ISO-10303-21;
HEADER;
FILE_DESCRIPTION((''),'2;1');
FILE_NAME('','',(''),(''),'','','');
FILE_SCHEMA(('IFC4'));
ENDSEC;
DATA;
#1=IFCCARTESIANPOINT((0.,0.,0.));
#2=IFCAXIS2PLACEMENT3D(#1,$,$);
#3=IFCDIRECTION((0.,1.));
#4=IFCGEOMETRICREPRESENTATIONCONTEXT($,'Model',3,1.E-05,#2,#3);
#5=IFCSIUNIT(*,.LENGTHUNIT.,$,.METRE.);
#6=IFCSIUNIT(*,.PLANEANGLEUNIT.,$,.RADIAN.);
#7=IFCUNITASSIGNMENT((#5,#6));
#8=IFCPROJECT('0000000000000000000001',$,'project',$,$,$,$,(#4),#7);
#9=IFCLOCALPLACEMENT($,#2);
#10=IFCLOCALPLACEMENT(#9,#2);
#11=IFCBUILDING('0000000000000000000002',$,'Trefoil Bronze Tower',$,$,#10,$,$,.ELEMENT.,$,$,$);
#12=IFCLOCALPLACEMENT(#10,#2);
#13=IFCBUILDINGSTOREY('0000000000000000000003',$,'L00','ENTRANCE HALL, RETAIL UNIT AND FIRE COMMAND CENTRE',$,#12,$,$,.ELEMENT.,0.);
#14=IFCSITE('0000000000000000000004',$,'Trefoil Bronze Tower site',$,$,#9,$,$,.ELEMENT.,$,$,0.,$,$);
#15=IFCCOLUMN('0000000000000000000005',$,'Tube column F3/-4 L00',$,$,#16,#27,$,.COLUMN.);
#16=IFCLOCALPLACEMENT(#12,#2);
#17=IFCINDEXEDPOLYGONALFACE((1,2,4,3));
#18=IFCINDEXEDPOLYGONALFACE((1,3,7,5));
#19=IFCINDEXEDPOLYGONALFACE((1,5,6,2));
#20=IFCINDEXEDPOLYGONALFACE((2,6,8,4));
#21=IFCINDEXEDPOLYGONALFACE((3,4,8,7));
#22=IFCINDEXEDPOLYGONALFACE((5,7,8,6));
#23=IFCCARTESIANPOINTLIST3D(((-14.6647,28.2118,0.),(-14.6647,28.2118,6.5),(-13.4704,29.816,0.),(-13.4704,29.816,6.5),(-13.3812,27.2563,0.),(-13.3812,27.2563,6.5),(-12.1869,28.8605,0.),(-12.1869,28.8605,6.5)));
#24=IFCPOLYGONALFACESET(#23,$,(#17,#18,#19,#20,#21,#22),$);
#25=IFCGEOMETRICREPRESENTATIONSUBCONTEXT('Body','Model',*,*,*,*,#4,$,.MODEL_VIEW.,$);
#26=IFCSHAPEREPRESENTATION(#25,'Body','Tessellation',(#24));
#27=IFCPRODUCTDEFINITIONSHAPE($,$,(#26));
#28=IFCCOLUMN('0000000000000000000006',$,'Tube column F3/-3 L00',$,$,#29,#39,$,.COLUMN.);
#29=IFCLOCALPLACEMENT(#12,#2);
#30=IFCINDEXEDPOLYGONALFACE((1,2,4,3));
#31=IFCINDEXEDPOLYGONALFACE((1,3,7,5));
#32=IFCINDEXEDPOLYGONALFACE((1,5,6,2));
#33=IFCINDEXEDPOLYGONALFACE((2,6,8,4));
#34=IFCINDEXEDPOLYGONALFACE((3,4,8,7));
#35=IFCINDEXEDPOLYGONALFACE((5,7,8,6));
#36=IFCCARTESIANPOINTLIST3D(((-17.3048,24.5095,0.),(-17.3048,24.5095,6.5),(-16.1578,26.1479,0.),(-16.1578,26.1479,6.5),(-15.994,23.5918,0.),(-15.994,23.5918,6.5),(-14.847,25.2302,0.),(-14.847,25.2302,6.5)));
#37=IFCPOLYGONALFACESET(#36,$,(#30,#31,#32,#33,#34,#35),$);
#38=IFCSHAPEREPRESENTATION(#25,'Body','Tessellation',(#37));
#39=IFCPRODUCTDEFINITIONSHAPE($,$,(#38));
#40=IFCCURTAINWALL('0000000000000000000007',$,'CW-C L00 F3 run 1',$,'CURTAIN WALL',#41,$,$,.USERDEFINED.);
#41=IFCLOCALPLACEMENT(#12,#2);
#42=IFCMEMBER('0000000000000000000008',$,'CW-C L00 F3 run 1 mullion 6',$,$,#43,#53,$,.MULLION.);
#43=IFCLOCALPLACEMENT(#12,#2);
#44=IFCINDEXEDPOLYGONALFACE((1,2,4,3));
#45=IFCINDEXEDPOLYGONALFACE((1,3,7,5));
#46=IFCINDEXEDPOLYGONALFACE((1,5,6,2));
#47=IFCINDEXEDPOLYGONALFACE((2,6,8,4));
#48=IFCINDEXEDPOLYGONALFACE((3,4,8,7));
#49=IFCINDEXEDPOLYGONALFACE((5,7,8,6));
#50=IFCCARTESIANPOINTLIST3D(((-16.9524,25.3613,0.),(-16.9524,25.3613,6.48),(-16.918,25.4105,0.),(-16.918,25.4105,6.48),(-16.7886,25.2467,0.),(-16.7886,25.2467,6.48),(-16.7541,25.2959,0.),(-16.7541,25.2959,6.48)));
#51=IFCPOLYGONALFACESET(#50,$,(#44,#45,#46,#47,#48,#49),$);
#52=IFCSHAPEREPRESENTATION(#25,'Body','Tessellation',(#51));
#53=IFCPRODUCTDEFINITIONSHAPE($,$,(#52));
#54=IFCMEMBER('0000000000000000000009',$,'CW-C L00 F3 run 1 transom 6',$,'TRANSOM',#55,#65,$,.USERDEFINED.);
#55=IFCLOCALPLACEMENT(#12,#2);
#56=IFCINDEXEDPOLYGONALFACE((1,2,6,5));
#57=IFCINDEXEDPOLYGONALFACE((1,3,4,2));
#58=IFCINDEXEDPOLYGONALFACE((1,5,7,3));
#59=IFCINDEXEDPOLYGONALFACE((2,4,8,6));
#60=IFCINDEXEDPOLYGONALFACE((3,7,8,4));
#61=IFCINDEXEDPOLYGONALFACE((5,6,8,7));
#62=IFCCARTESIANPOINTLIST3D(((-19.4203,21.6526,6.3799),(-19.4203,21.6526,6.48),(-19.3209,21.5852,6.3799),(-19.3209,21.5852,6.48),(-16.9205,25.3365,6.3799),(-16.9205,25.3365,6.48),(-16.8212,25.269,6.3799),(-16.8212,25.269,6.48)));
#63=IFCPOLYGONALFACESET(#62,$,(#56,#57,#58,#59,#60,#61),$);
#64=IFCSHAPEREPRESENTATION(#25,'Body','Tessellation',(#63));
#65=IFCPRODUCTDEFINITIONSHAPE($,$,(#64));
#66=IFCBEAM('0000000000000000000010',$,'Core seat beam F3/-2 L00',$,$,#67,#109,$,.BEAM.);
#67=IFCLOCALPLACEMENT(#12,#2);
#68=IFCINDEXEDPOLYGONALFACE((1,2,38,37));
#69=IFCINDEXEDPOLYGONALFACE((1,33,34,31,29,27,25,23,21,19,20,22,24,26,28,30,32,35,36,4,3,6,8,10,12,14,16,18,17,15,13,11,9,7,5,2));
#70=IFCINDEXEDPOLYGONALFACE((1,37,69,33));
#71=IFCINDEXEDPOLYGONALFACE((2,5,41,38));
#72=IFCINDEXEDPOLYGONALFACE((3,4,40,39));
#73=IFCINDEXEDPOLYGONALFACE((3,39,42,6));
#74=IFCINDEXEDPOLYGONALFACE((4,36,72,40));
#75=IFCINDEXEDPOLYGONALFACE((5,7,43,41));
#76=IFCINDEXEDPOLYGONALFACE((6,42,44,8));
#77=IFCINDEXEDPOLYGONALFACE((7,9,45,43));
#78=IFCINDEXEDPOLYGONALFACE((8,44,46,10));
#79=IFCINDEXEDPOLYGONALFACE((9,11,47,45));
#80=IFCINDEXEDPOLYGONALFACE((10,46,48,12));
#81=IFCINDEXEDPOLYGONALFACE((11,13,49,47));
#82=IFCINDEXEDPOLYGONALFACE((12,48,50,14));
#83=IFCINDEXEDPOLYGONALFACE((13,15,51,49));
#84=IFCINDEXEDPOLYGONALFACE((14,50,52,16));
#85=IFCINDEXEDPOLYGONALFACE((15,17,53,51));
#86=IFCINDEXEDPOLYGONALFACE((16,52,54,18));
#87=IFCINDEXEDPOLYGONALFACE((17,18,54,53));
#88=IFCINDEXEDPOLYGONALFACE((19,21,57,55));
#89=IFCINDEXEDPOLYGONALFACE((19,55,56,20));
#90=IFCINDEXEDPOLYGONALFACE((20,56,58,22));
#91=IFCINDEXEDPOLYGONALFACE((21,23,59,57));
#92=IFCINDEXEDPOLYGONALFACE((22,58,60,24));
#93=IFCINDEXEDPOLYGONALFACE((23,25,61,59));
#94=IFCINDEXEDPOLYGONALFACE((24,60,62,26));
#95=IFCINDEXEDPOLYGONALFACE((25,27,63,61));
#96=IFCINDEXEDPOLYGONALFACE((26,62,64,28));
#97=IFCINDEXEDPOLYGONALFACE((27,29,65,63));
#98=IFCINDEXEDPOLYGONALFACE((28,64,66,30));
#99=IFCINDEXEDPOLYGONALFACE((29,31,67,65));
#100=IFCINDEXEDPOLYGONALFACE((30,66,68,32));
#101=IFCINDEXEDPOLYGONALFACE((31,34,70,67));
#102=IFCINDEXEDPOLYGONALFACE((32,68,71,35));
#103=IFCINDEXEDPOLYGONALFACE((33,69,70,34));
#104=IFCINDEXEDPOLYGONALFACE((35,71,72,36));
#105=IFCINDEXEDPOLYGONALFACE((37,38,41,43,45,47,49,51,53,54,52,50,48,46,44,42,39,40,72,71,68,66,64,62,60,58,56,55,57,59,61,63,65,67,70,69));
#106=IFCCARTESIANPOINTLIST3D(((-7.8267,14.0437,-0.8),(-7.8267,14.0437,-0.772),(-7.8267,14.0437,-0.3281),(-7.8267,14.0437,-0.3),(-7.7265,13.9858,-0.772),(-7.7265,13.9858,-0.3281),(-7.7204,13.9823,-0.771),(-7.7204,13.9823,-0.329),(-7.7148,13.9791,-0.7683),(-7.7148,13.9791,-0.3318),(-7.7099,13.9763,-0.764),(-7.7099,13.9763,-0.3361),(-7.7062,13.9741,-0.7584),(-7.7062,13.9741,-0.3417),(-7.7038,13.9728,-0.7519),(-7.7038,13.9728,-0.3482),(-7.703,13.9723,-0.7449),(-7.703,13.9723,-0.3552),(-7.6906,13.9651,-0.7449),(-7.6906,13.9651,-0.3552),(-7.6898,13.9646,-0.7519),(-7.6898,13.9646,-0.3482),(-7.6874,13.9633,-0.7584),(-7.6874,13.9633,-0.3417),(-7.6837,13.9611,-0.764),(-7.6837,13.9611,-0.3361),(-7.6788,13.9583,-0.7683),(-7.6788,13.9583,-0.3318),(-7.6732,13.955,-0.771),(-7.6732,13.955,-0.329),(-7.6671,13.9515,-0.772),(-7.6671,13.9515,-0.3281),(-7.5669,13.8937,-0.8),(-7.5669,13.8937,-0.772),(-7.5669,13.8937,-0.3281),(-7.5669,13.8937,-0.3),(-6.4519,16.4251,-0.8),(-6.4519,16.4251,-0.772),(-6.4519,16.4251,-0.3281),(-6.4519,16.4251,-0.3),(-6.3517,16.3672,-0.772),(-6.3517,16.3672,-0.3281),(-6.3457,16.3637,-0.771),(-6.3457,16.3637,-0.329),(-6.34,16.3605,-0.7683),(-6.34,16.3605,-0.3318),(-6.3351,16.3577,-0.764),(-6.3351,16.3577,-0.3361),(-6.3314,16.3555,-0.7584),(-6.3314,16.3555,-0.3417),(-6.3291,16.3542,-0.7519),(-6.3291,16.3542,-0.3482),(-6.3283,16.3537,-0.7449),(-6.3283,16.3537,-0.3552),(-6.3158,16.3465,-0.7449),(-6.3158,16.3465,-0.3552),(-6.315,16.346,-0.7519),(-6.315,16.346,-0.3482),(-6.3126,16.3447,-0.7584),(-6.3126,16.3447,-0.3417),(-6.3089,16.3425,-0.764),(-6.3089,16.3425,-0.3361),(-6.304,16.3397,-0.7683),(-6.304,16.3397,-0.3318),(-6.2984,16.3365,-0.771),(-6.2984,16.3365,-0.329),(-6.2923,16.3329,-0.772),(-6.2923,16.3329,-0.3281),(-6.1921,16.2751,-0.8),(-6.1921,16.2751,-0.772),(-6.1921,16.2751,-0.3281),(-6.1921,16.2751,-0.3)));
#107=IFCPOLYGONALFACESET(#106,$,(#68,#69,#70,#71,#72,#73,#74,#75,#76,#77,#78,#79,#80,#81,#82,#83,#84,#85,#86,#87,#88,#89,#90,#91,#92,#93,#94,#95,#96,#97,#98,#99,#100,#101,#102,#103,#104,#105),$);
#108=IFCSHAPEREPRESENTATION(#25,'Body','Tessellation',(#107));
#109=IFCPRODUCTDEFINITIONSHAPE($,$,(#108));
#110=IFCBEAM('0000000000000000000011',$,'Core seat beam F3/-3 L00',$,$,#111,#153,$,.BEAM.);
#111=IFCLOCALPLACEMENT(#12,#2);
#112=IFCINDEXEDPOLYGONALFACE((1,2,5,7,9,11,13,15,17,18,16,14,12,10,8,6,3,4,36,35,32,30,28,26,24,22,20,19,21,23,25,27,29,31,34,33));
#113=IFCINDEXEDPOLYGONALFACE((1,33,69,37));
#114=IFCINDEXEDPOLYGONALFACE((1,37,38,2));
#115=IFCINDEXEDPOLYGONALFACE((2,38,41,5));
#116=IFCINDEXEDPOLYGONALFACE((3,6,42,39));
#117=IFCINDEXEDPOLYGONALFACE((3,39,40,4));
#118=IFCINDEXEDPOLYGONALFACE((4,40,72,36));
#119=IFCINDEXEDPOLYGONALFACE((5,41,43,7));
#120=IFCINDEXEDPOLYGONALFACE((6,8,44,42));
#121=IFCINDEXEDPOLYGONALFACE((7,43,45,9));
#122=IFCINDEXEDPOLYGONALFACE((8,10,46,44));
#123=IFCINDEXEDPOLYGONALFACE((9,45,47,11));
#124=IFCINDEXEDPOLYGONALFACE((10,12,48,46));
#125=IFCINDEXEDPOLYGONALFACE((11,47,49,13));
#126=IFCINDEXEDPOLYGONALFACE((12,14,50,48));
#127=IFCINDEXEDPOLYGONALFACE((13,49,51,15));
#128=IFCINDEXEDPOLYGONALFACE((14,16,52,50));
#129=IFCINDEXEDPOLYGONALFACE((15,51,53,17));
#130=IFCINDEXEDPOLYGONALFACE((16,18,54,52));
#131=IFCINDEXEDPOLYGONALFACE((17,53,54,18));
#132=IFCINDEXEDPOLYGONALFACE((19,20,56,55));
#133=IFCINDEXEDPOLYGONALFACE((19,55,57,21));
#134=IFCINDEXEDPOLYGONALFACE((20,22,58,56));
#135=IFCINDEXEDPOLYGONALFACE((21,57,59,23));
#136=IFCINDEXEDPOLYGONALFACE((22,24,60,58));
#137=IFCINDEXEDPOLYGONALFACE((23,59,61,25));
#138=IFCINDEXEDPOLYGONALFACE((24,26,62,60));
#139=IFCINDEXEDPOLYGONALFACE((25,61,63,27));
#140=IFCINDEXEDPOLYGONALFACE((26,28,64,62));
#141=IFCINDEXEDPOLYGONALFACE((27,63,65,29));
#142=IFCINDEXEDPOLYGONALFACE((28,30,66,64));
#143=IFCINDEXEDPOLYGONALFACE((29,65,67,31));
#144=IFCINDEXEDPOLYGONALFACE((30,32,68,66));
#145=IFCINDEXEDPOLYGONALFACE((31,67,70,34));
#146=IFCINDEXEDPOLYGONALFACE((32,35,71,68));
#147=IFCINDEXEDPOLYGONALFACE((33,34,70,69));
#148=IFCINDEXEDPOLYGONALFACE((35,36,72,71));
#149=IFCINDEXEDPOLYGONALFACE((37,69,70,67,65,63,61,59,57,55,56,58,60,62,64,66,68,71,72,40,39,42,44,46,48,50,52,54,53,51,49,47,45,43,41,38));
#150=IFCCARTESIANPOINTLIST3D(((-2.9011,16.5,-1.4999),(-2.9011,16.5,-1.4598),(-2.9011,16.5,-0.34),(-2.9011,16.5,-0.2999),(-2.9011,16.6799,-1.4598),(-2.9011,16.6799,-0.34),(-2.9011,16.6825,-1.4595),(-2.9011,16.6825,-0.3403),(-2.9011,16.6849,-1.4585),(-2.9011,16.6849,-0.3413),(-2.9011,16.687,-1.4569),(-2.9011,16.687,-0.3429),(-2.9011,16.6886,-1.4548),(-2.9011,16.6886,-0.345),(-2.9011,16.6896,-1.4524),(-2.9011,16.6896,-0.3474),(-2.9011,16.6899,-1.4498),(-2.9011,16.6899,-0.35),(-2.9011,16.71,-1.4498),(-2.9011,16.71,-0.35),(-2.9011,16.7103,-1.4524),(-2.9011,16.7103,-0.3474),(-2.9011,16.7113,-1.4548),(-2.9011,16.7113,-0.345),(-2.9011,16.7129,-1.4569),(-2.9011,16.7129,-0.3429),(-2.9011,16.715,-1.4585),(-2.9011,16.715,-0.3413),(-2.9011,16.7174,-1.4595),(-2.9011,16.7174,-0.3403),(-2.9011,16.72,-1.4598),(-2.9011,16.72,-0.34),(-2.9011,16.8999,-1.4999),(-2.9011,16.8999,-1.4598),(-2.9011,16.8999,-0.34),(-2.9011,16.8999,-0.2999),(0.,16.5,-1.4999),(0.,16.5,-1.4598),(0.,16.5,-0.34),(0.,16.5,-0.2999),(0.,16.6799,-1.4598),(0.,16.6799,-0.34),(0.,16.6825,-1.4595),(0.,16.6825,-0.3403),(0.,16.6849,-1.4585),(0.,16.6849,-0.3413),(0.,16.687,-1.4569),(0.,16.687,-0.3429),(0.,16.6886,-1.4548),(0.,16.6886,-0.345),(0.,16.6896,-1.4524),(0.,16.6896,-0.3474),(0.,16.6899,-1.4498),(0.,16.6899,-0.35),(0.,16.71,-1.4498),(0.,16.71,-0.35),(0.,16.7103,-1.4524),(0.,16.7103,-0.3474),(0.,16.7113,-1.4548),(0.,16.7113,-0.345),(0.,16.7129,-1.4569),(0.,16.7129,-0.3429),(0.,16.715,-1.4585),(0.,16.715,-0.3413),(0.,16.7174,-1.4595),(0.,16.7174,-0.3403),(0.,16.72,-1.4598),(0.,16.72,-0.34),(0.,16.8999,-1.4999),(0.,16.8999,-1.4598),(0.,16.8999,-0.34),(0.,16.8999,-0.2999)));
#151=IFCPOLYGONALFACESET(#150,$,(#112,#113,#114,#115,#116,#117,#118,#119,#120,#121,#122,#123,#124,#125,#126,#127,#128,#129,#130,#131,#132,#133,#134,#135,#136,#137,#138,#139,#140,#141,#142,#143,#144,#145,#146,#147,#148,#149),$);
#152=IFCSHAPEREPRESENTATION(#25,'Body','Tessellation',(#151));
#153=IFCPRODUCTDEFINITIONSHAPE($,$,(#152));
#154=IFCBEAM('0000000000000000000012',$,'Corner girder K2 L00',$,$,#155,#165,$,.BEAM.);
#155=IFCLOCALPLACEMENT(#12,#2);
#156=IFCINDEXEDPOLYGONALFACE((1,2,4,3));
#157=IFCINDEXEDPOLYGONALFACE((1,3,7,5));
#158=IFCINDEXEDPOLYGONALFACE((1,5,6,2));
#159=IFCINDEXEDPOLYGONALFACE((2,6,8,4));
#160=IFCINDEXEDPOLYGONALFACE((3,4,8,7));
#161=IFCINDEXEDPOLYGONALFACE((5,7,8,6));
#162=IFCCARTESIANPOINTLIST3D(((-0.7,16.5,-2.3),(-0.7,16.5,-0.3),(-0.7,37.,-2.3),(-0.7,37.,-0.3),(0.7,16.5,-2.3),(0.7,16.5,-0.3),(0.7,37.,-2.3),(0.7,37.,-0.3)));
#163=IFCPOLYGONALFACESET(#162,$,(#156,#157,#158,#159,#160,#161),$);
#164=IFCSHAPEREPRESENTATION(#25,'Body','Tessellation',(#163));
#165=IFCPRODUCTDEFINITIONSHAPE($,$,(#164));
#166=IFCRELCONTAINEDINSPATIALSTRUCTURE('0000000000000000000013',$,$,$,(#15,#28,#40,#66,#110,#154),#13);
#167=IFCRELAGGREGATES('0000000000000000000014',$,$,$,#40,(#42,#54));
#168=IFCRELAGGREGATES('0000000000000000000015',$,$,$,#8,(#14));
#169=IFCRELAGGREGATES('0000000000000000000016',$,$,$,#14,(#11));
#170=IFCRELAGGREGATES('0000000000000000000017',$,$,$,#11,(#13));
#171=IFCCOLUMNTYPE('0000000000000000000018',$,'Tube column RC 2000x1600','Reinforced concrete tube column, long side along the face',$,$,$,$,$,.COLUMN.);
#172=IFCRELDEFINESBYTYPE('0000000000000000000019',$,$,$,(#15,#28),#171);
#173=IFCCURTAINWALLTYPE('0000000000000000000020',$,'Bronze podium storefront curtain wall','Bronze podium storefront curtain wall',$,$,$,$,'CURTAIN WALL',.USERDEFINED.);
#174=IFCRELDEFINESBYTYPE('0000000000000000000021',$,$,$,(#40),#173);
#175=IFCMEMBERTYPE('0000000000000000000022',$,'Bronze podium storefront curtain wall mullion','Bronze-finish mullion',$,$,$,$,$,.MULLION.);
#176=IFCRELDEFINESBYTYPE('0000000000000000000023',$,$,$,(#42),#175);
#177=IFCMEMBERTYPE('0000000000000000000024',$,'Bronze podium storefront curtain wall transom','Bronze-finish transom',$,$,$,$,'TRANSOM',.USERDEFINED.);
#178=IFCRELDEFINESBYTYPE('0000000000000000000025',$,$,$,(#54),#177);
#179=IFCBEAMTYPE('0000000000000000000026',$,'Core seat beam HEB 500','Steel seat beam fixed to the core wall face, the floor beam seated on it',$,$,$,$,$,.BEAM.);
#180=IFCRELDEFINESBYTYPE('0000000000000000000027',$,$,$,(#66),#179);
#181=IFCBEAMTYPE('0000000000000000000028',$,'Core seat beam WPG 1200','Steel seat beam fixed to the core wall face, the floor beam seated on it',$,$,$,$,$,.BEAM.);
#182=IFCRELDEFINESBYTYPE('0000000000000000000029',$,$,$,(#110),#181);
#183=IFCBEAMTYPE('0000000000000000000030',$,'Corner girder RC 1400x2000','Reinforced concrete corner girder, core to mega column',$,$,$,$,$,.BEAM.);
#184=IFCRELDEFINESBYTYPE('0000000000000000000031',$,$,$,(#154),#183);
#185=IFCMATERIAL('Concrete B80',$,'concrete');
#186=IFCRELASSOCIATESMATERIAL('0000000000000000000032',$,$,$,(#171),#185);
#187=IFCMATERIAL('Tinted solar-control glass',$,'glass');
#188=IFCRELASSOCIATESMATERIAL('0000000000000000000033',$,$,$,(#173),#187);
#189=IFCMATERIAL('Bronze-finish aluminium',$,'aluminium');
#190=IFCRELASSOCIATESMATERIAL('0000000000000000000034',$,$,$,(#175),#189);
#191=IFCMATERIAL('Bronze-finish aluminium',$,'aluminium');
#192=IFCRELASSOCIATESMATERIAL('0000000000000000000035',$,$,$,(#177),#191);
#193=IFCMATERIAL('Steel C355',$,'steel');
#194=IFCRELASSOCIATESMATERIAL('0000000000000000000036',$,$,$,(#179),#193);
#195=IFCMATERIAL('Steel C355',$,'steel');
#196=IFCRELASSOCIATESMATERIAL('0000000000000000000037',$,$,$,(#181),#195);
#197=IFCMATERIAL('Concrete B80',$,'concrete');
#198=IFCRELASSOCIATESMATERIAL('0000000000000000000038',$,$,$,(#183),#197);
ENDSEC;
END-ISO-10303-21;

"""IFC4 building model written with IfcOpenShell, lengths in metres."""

from ifc_helpers import new_model, si_unit, direction, frame, origin, origin_2d, place, context, subcontext, project, spatial, rectangle, i_section, extrude, material, material_profile, profile_set, type_object, element, aggregate, save


model = new_model("IFC4")

# Units and contexts
model_context = context("Model", 3, precision=1e-05, world=origin(), true_north=direction((0.0, 1.0)))
body_context = subcontext(model_context, "Body", "Model", "MODEL_VIEW")
ifc_project = project(units=[si_unit("LENGTHUNIT", "METRE"), si_unit("PLANEANGLEUNIT", "RADIAN")], contexts=[model_context])

# Site, building, storey
site_placement = place(None, origin())
site = spatial("IfcSite", under=ifc_project, at=site_placement, Name="Trefoil Bronze Tower site", CompositionType="ELEMENT", RefElevation=0.0)
building_placement = place(site_placement, origin())
building = spatial("IfcBuilding", under=site, at=building_placement, Name="Trefoil Bronze Tower", CompositionType="ELEMENT")
storey_placement = place(building_placement, origin())
storey = spatial("IfcBuildingStorey", under=building, at=storey_placement, Name="L00", Description="ENTRANCE HALL, RETAIL UNIT AND FIRE COMMAND CENTRE", CompositionType="ELEMENT", Elevation=0.0)

# Columns
ifc_material_1 = material(Name="Concrete B80", Category="concrete")
ifc_material_profile_1 = material_profile(ifc_material_1, rectangle(XDim=2.0, YDim=1.6001, at=origin_2d()), Name="RC 2000x1600")
ifc_profile_set_1 = profile_set([ifc_material_profile_1], Name="Concrete B80")
column_type = type_object("IfcColumnType", Name="Tube column RC 2000x1600", Description="Reinforced concrete tube column, long side along the face", PredefinedType="COLUMN", material=ifc_profile_set_1)
for number, where, z_axis, x_axis, name in (
    (1, (-13.4258, 28.5361, 0.0), (0.0, 0.0, 1.0), (-0.597154, -0.802127, 0.0), "Tube column F3/-4 L00"),
    (2, (-16.0759, 24.8699, 0.0), (0.0, 0.0, 1.0), (-0.573502, -0.819204, 0.0), "Tube column F3/-3 L00"),
):
    element("IfcColumn", number, at=place(storey_placement, frame(where, z_axis=z_axis, x_axis=x_axis)), inside=storey, type_object=column_type, Name=name, PredefinedType="COLUMN", context=body_context, shape_type="SweptSolid", body=[
        extrude(rectangle(XDim=2.0, YDim=1.6001, at=origin_2d()), origin(), (0.0, 0.0, 1.0), 6.5),
    ])

# Curtain wall, members
ifc_material_2 = material(Name="Tinted solar-control glass", Category="glass")
curtain_wall_type = type_object("IfcCurtainWallType", Name="Bronze podium storefront curtain wall", Description="Bronze podium storefront curtain wall", ElementType="CURTAIN WALL", PredefinedType="USERDEFINED", material=ifc_material_2)
curtain_wall_placement = place(storey_placement, origin())
curtain_wall = element("IfcCurtainWall", 3, at=curtain_wall_placement, inside=storey, type_object=curtain_wall_type, Name="CW-C L00 F3 run 1", ObjectType="CURTAIN WALL", PredefinedType="USERDEFINED")
ifc_material_3 = material(Name="Bronze-finish aluminium", Category="aluminium")
ifc_material_profile_2 = material_profile(ifc_material_3, rectangle(XDim=0.2, YDim=0.0601, at=origin_2d()), Name="CW-C mullion")
ifc_profile_set_2 = profile_set([ifc_material_profile_2], Name="Bronze-finish aluminium")
member_type_1 = type_object("IfcMemberType", Name="Bronze podium storefront curtain wall mullion", Description="Bronze-finish mullion", PredefinedType="MULLION", material=ifc_profile_set_2)
member_1_placement = place(storey_placement, frame((-16.8533, 25.3286, 0.0), z_axis=(0.0, 0.0, 1.0), x_axis=(0.819204, -0.573502, 0.0)))
member_1 = element("IfcMember", 4, at=member_1_placement, type_object=member_type_1, Name="CW-C L00 F3 run 1 mullion 6", PredefinedType="MULLION", context=body_context, shape_type="SweptSolid", body=[
    extrude(rectangle(XDim=0.2, YDim=0.0601, at=origin_2d()), origin(), (0.0, 0.0, 1.0), 6.48),
])
ifc_material_4 = material(Name="Bronze-finish aluminium", Category="aluminium")
ifc_material_profile_3 = material_profile(ifc_material_4, rectangle(XDim=0.1201, YDim=0.1001, at=origin_2d()), Name="CW-C transom")
ifc_profile_set_3 = profile_set([ifc_material_profile_3], Name="Bronze-finish aluminium")
member_type_2 = type_object("IfcMemberType", Name="Bronze podium storefront curtain wall transom", Description="Bronze-finish transom", ElementType="TRANSOM", PredefinedType="USERDEFINED", material=ifc_profile_set_3)
member_2_placement = place(storey_placement, frame((-16.8708, 25.3027, 6.4299), z_axis=(-0.561503, -0.827475, 0.0), x_axis=(0.827475, -0.561503, 0.0)))
member_2 = element("IfcMember", 5, at=member_2_placement, type_object=member_type_2, Name="CW-C L00 F3 run 1 transom 6", ObjectType="TRANSOM", PredefinedType="USERDEFINED", context=body_context, shape_type="SweptSolid", body=[
    extrude(rectangle(XDim=0.1201, YDim=0.1001, at=origin_2d()), origin(), (0.0, 0.0, 1.0), 4.4519),
])

# Beams
ifc_material_5 = material(Name="Steel C355", Category="steel")
ifc_material_profile_4 = material_profile(ifc_material_5, i_section(OverallWidth=0.3, OverallDepth=0.5, WebThickness=0.0144, FlangeThickness=0.0281, FilletRadius=0.0271, at=origin_2d()), Name="HEB 500")
ifc_profile_set_4 = profile_set([ifc_material_profile_4], Name="Steel C355")
beam_type_1 = type_object("IfcBeamType", Name="Core seat beam HEB 500", Description="Steel seat beam fixed to the core wall face, the floor beam seated on it", PredefinedType="BEAM", material=ifc_profile_set_4)
beam_1_placement = place(storey_placement, frame((-6.322, 16.3501, -0.55), z_axis=(-0.499968, -0.866044, 0.0), x_axis=(0.866044, -0.499968, 0.0)))
element("IfcBeam", 6, at=beam_1_placement, inside=storey, type_object=beam_type_1, Name="Core seat beam F3/-2 L00", PredefinedType="BEAM", context=body_context, shape_type="SweptSolid", body=[
    extrude(i_section(OverallWidth=0.3, OverallDepth=0.5, WebThickness=0.0144, FlangeThickness=0.0281, FilletRadius=0.0271, at=origin_2d()), origin(), (0.0, 0.0, 1.0), 2.7498),
])
ifc_material_6 = material(Name="Steel C355", Category="steel")
ifc_material_profile_5 = material_profile(ifc_material_6, i_section(OverallWidth=0.3999, OverallDepth=1.2, WebThickness=0.02, FlangeThickness=0.04, FilletRadius=0.01, at=origin_2d()), Name="WPG 1200")
ifc_profile_set_5 = profile_set([ifc_material_profile_5], Name="Steel C355")
beam_type_2 = type_object("IfcBeamType", Name="Core seat beam WPG 1200", Description="Steel seat beam fixed to the core wall face, the floor beam seated on it", PredefinedType="BEAM", material=ifc_profile_set_5)
beam_2_placement = place(storey_placement, frame((0.0, 16.7, -0.8999), z_axis=(-1.0, 0.0, 0.0), x_axis=(0.0, -1.0, 0.0)))
element("IfcBeam", 7, at=beam_2_placement, inside=storey, type_object=beam_type_2, Name="Core seat beam F3/-3 L00", PredefinedType="BEAM", context=body_context, shape_type="SweptSolid", body=[
    extrude(i_section(OverallWidth=0.3999, OverallDepth=1.2, WebThickness=0.02, FlangeThickness=0.04, FilletRadius=0.01, at=origin_2d()), origin(), (0.0, 0.0, 1.0), 2.9011),
])
ifc_material_7 = material(Name="Concrete B80", Category="concrete")
ifc_material_profile_6 = material_profile(ifc_material_7, rectangle(XDim=1.3999, YDim=2.0, at=origin_2d()), Name="RC 1400x2000")
ifc_profile_set_6 = profile_set([ifc_material_profile_6], Name="Concrete B80")
beam_type_3 = type_object("IfcBeamType", Name="Corner girder RC 1400x2000", Description="Reinforced concrete corner girder, core to mega column", PredefinedType="BEAM", material=ifc_profile_set_6)
beam_3_placement = place(storey_placement, frame((0.0, 16.5, -1.3), z_axis=(0.0, 1.0, 0.0), x_axis=(-1.0, 0.0, 0.0)))
element("IfcBeam", 8, at=beam_3_placement, inside=storey, type_object=beam_type_3, Name="Corner girder K2 L00", PredefinedType="BEAM", context=body_context, shape_type="SweptSolid", body=[
    extrude(rectangle(XDim=1.3999, YDim=2.0, at=origin_2d()), origin(), (0.0, 0.0, 1.0), 20.5),
])

aggregate(curtain_wall, [member_1, member_2])

save(model, "model.ifc")
